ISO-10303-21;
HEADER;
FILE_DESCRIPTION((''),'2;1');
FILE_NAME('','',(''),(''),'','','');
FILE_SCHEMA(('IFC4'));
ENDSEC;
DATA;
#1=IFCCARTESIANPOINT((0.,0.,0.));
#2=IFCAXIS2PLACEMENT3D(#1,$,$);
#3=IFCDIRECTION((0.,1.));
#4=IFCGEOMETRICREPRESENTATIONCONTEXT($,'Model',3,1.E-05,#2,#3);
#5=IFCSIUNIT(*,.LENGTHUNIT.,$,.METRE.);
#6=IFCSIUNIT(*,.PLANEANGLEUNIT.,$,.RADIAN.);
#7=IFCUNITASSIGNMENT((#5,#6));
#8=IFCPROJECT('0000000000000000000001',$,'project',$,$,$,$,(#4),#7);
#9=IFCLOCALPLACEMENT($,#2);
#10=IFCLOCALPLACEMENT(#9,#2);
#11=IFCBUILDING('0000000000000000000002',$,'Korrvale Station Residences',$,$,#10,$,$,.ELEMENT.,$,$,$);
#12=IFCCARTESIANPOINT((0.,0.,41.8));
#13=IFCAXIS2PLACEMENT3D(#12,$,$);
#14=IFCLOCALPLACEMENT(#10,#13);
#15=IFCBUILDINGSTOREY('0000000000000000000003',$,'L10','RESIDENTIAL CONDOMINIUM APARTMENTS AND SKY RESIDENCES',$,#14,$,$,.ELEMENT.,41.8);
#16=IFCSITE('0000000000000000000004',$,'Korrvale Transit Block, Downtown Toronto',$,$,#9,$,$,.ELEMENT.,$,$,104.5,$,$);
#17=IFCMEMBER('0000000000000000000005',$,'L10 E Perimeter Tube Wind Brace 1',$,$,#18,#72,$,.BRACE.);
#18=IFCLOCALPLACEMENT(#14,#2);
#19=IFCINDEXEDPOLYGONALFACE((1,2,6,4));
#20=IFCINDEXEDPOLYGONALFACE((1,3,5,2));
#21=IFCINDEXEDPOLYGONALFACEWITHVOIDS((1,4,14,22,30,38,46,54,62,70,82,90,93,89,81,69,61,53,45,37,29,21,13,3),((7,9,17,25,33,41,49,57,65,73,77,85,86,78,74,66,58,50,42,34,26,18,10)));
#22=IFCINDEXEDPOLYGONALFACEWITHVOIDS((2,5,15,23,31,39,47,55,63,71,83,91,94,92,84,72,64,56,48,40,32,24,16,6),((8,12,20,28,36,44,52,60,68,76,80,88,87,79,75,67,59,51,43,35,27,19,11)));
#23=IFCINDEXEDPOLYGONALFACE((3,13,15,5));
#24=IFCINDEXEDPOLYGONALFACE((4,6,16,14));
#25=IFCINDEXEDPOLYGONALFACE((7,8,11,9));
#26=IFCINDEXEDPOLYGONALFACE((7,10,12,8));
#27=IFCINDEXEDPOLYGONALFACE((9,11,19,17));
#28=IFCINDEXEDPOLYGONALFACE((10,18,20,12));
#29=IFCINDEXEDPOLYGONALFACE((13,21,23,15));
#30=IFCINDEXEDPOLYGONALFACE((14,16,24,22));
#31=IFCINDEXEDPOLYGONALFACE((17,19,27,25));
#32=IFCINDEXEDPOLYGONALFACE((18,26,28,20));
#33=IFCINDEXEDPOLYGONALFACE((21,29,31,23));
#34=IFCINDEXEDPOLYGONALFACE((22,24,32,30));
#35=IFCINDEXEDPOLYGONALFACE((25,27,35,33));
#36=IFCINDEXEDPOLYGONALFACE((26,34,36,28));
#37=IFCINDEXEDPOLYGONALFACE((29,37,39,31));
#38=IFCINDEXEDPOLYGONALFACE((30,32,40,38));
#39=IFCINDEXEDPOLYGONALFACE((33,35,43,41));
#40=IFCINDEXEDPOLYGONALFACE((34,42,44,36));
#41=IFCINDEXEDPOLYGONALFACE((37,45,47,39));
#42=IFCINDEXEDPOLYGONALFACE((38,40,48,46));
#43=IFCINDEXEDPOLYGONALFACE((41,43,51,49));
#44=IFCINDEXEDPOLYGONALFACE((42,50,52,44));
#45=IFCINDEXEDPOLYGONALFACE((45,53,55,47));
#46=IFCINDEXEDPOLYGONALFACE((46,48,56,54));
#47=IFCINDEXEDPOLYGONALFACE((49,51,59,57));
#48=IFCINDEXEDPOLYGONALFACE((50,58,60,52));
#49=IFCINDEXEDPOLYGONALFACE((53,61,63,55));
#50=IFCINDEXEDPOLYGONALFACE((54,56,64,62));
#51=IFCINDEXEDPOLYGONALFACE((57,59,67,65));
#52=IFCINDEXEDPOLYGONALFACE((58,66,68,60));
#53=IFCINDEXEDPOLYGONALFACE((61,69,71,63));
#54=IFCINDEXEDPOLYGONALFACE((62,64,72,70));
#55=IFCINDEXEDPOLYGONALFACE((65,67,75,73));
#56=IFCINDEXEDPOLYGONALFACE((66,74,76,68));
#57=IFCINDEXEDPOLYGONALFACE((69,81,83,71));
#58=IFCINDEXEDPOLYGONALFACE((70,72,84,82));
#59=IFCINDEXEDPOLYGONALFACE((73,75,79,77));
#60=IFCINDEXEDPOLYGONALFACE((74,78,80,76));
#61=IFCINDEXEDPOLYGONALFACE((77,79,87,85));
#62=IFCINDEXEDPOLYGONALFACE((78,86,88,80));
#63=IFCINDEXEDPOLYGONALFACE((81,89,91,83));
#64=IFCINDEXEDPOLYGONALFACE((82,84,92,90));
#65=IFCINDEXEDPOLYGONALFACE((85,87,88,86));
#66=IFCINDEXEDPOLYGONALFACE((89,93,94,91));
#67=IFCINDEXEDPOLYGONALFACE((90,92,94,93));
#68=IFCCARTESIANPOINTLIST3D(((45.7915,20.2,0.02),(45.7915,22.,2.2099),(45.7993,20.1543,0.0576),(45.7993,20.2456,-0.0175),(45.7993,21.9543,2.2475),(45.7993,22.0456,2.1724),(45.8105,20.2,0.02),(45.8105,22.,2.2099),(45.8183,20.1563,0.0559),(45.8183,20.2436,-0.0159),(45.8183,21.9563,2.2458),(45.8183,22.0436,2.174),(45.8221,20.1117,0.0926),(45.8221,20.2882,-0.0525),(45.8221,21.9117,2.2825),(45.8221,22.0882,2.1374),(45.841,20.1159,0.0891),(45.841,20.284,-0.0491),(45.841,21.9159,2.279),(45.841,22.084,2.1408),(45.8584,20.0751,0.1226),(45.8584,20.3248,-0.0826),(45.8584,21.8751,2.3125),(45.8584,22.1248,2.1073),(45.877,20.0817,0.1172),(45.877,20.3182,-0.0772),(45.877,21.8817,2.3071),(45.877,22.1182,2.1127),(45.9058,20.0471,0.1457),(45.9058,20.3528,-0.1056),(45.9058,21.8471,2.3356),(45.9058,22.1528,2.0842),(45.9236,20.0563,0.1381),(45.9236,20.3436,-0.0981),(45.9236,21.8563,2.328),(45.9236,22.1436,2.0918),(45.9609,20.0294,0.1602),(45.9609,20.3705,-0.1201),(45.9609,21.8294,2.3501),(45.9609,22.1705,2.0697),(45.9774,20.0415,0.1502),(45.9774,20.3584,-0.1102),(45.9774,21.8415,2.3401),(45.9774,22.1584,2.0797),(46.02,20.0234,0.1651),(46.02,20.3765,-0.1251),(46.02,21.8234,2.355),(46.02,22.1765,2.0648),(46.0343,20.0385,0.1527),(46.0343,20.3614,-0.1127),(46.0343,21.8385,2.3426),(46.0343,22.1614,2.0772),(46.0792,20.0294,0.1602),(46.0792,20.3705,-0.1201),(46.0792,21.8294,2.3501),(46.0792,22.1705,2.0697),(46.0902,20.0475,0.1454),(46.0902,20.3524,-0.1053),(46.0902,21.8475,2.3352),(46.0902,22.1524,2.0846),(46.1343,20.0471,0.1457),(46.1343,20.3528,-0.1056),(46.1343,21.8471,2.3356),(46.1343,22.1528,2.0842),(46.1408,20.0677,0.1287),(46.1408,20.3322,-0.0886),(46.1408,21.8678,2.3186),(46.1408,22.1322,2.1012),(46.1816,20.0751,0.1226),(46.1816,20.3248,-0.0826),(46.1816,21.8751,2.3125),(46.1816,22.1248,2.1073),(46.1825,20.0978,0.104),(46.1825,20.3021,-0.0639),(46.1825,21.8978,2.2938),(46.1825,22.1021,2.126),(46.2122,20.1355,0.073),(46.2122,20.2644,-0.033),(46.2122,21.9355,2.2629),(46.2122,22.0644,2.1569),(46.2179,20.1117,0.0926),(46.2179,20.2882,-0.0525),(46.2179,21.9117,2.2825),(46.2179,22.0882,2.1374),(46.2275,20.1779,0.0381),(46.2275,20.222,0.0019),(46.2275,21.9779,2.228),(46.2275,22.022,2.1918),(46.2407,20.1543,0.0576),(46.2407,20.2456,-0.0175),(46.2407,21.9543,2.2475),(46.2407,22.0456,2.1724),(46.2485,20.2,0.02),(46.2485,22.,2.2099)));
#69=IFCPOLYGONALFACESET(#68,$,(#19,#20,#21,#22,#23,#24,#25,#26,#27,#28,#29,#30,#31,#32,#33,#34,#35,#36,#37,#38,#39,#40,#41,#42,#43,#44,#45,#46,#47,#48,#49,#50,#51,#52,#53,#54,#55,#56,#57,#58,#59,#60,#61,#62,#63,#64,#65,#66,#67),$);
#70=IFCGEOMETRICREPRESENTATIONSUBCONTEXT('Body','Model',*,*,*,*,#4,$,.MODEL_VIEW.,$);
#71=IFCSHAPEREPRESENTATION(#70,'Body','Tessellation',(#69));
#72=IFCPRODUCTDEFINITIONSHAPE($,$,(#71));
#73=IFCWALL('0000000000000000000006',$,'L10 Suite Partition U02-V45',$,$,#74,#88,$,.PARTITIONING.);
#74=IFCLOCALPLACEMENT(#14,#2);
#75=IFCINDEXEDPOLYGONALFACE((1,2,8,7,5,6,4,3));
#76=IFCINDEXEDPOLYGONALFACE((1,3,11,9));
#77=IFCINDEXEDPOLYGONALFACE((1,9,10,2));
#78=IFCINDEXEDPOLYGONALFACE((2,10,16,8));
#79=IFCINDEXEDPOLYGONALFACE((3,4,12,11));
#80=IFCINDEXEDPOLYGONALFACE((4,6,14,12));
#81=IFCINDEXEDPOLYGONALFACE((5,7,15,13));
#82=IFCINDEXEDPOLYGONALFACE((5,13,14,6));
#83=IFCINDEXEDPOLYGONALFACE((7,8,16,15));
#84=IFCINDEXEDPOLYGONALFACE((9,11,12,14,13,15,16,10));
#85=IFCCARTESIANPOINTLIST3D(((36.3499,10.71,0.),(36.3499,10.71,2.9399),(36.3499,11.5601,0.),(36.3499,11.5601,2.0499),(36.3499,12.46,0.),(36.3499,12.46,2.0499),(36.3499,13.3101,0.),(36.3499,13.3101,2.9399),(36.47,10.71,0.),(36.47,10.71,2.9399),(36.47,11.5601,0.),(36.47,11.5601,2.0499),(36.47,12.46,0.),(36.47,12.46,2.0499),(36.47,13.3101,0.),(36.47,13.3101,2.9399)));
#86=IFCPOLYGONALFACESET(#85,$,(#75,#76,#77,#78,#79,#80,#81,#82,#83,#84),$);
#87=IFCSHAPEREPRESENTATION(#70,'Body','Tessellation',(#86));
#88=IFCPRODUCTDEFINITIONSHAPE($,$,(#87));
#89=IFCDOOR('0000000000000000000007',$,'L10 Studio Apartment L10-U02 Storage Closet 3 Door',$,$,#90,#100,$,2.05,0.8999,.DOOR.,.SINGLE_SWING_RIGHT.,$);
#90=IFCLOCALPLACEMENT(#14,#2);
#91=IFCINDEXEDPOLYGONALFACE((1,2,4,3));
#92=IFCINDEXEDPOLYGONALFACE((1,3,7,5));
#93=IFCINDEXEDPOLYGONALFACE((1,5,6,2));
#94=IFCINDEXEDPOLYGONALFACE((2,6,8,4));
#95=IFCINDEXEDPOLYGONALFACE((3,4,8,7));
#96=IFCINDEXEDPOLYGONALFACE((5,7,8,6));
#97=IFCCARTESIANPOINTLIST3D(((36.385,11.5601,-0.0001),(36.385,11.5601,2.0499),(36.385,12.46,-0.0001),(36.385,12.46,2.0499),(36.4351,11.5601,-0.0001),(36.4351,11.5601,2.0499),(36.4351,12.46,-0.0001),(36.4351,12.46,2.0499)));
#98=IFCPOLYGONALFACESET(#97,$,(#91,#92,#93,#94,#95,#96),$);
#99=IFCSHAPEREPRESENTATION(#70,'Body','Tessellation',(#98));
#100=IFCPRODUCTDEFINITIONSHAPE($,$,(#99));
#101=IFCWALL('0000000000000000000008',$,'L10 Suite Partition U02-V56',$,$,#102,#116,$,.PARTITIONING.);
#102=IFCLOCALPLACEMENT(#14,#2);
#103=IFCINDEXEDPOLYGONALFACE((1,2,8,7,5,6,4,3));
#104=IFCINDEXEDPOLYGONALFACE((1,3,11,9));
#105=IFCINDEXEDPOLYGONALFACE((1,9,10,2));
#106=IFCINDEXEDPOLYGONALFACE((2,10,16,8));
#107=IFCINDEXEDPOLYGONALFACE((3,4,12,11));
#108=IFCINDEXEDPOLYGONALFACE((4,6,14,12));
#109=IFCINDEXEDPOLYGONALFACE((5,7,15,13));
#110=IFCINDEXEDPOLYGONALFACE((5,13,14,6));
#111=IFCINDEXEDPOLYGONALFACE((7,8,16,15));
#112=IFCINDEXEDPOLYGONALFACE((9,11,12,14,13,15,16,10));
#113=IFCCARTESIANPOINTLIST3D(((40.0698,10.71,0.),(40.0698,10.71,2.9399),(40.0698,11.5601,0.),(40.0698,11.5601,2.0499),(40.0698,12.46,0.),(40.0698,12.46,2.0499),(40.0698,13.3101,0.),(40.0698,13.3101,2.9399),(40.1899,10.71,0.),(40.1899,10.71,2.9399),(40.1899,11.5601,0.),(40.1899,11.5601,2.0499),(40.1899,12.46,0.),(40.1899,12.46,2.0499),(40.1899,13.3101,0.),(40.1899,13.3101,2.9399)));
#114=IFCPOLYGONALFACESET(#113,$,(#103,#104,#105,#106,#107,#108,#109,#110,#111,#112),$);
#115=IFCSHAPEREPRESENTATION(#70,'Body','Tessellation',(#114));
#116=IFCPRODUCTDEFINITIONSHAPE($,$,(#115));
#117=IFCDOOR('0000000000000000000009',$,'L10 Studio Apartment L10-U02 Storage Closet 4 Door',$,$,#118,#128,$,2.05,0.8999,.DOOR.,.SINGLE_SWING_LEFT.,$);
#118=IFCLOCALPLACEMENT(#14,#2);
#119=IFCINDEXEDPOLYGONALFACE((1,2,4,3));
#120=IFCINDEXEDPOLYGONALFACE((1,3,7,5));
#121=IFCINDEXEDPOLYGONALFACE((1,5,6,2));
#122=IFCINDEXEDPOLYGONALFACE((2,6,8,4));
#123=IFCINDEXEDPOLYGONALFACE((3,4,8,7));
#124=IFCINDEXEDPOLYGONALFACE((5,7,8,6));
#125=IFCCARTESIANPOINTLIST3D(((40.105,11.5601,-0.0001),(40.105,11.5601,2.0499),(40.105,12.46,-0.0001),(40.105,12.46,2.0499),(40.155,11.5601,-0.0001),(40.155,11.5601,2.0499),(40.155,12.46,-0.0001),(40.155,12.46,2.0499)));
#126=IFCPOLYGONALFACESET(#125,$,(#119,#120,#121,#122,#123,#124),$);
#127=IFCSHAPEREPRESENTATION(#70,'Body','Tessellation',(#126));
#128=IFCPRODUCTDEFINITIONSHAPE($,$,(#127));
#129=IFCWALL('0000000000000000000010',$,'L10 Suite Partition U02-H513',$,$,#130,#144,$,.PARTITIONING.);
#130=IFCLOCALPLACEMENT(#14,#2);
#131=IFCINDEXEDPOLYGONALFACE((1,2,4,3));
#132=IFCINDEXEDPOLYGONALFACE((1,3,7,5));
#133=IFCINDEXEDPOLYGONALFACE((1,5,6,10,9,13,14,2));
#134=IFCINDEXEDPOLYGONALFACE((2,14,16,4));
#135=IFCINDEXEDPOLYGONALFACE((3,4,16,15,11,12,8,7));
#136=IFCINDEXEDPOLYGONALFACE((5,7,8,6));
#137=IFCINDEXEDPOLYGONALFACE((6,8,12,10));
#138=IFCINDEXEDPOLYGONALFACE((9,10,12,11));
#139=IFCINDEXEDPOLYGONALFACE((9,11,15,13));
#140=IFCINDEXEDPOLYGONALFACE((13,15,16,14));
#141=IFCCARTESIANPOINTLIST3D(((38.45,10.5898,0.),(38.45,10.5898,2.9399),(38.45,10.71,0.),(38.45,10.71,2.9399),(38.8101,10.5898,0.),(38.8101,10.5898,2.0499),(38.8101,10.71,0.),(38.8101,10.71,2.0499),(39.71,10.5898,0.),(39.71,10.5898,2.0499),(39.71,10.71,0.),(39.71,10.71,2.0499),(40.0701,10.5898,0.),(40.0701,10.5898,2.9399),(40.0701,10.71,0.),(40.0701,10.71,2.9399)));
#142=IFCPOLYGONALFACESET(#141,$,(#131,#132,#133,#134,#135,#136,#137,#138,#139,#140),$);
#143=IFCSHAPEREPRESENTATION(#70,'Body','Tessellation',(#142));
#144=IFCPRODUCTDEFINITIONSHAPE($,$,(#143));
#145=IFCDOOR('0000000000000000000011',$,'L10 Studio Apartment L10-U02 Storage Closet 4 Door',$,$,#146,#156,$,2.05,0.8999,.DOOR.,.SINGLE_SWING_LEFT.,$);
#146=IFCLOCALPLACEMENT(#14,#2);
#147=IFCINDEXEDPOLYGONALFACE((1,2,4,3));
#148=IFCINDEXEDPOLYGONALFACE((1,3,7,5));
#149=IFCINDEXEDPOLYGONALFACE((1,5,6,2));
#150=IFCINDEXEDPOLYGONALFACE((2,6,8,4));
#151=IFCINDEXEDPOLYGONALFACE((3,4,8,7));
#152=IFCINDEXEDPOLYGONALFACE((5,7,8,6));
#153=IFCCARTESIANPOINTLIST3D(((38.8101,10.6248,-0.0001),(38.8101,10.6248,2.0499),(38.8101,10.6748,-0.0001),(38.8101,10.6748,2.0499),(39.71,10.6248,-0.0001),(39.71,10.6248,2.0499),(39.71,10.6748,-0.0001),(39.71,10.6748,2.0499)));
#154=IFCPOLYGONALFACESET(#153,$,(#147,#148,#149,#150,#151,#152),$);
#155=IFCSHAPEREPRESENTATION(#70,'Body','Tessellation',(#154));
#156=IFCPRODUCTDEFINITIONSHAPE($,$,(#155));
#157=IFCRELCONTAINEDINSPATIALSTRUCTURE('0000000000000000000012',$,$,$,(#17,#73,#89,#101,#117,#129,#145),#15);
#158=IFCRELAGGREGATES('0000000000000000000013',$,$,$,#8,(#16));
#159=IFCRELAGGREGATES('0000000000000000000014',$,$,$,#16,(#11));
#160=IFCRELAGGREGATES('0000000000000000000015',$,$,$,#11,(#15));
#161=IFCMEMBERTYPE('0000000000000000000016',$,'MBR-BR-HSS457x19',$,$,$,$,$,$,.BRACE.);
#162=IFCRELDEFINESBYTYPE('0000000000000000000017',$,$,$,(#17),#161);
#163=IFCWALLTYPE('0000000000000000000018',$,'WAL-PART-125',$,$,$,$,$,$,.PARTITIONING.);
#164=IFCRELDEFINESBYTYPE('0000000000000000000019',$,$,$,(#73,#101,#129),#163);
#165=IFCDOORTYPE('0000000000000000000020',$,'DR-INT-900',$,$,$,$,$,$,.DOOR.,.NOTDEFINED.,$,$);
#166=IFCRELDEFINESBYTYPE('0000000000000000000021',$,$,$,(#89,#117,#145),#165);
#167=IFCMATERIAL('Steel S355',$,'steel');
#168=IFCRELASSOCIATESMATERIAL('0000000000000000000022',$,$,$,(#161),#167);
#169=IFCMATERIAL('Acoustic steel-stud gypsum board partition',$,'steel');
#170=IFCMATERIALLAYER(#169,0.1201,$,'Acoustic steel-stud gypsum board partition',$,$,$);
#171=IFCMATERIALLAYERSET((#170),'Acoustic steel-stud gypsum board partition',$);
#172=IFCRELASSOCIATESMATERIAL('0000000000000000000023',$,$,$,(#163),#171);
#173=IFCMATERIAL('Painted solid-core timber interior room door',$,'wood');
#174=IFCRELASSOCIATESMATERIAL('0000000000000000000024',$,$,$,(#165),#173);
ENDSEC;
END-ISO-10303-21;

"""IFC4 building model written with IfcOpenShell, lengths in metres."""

from ifc_helpers import new_model, si_unit, direction, frame, frame_2d, origin, origin_2d, place, context, subcontext, project, spatial, rectangle, hollow_circle, extrude, material, layer, layer_set, material_profile, profile_set, type_object, element, fill, save


model = new_model("IFC4")

# Units and contexts
model_context = context("Model", 3, precision=1e-05, world=origin(), true_north=direction((0.0, 1.0)))
body_context = subcontext(model_context, "Body", "Model", "MODEL_VIEW")
ifc_project = project(units=[si_unit("LENGTHUNIT", "METRE"), si_unit("PLANEANGLEUNIT", "RADIAN")], contexts=[model_context])

# Site, building, storey
site_placement = place(None, origin())
site = spatial("IfcSite", under=ifc_project, at=site_placement, Name="Korrvale Transit Block, Downtown Toronto", CompositionType="ELEMENT", RefElevation=104.5)
building_placement = place(site_placement, origin())
building = spatial("IfcBuilding", under=site, at=building_placement, Name="Korrvale Station Residences", CompositionType="ELEMENT")
storey_placement = place(building_placement, frame((0.0, 0.0, 41.8)))
storey = spatial("IfcBuildingStorey", under=building, at=storey_placement, Name="L10", Description="RESIDENTIAL CONDOMINIUM APARTMENTS AND SKY RESIDENCES", CompositionType="ELEMENT", Elevation=41.8)

# Shared definitions
ifc_material_1 = material(Name="Steel S355", Category="steel")

# Member
ifc_material_profile_1 = material_profile(ifc_material_1, hollow_circle(Radius=0.2285, WallThickness=0.019, at=origin_2d()), Name="HSS457x19")
ifc_profile_set_1 = profile_set([ifc_material_profile_1], Name="Steel S355")
member_type = type_object("IfcMemberType", Name="MBR-BR-HSS457x19", PredefinedType="BRACE", material=ifc_profile_set_1)
member_placement = place(storey_placement, frame((46.02, 20.2, 0.02), z_axis=(0.0, 0.634985, 0.772524), x_axis=(-1.0, 0.0, 0.0)))
element("IfcMember", 1, at=member_placement, inside=storey, type_object=member_type, Name="L10 E Perimeter Tube Wind Brace 1", PredefinedType="BRACE", context=body_context, shape_type="SweptSolid", body=[
    extrude(hollow_circle(Radius=0.2285, WallThickness=0.019, at=origin_2d()), origin(), (0.0, 0.0, 1.0), 2.8347),
])

# Walls, openings, doors
ifc_material_2 = material(Name="Acoustic steel-stud gypsum board partition", Category="steel")
ifc_layer_1 = layer(ifc_material_2, 0.1201, Name="Acoustic steel-stud gypsum board partition")
ifc_layer_set_1 = layer_set([ifc_layer_1], Name="Acoustic steel-stud gypsum board partition")
wall_type_1 = type_object("IfcWallType", Name="WAL-PART-125", PredefinedType="PARTITIONING", material=ifc_layer_set_1)
wall_1_placement = place(storey_placement, frame((36.4099, 10.71, 0.0), z_axis=(0.0, 0.0, 1.0), x_axis=(0.0, 1.0, 0.0)))
wall_1 = element("IfcWall", 2, at=wall_1_placement, inside=storey, type_object=wall_type_1, Name="L10 Suite Partition U02-V45", PredefinedType="PARTITIONING", context=body_context, shape_type="SweptSolid", body=[
    extrude(rectangle(XDim=2.6001, YDim=0.1201, at=frame_2d((1.3, 0.0))), origin(), (0.0, 0.0, 1.0), 2.9399),
])
opening_1_placement = place(wall_1_placement, frame((0.8501, 0.0, 0.0)))
opening_1 = element("IfcOpeningElement", 3, at=opening_1_placement, cuts=wall_1, PredefinedType="OPENING", context=body_context, shape_type="SweptSolid", body=[
    extrude(rectangle(XDim=0.8999, YDim=2.05, at=frame_2d((0.45, 1.0249))), frame((0.0, 0.0701, 0.0), z_axis=(0.0, -1.0, 0.0), x_axis=(1.0, 0.0, 0.0)), (0.0, 0.0, 1.0), 0.1401),
])
ifc_material_3 = material(Name="Painted solid-core timber interior room door", Category="wood")
door_type_1 = type_object("IfcDoorType", Name="DR-INT-900", OperationType="NOTDEFINED", PredefinedType="DOOR", material=ifc_material_3)
door_1_placement = place(opening_1_placement, origin())
door_1 = element("IfcDoor", 4, at=door_1_placement, inside=storey, type_object=door_type_1, Name="L10 Studio Apartment L10-U02 Storage Closet 3 Door", OperationType="SINGLE_SWING_RIGHT", OverallHeight=2.05, OverallWidth=0.8999, PredefinedType="DOOR", context=body_context, shape_type="SweptSolid", body=[
    extrude(rectangle(XDim=0.8999, YDim=2.05, at=frame_2d((0.45, 1.0249))), frame((0.0, 0.0249, 0.0), z_axis=(0.0, -1.0, 0.0), x_axis=(1.0, 0.0, 0.0)), (0.0, 0.0, 1.0), 0.05),
])
fill(opening_1, door_1)
wall_2_placement = place(storey_placement, frame((40.1299, 10.71, 0.0), z_axis=(0.0, 0.0, 1.0), x_axis=(0.0, 1.0, 0.0)))
wall_2 = element("IfcWall", 5, at=wall_2_placement, inside=storey, type_object=wall_type_1, Name="L10 Suite Partition U02-V56", PredefinedType="PARTITIONING", context=body_context, shape_type="SweptSolid", body=[
    extrude(rectangle(XDim=2.6001, YDim=0.1201, at=frame_2d((1.3, 0.0))), origin(), (0.0, 0.0, 1.0), 2.9399),
])
opening_2_placement = place(wall_2_placement, frame((0.8501, 0.0, 0.0)))
opening_2 = element("IfcOpeningElement", 6, at=opening_2_placement, cuts=wall_2, PredefinedType="OPENING", context=body_context, shape_type="SweptSolid", body=[
    extrude(rectangle(XDim=0.8999, YDim=2.05, at=frame_2d((0.45, 1.0249))), frame((0.0, 0.0701, 0.0), z_axis=(0.0, -1.0, 0.0), x_axis=(1.0, 0.0, 0.0)), (0.0, 0.0, 1.0), 0.1401),
])
door_2_placement = place(opening_2_placement, origin())
door_2 = element("IfcDoor", 7, at=door_2_placement, inside=storey, type_object=door_type_1, Name="L10 Studio Apartment L10-U02 Storage Closet 4 Door", OperationType="SINGLE_SWING_LEFT", OverallHeight=2.05, OverallWidth=0.8999, PredefinedType="DOOR", context=body_context, shape_type="SweptSolid", body=[
    extrude(rectangle(XDim=0.8999, YDim=2.05, at=frame_2d((0.45, 1.0249))), frame((0.0, 0.0249, 0.0), z_axis=(0.0, -1.0, 0.0), x_axis=(1.0, 0.0, 0.0)), (0.0, 0.0, 1.0), 0.05),
])
fill(opening_2, door_2)
wall_3_placement = place(storey_placement, frame((38.45, 10.6499, 0.0), z_axis=(0.0, 0.0, 1.0), x_axis=(1.0, 0.0, 0.0)))
wall_3 = element("IfcWall", 8, at=wall_3_placement, inside=storey, type_object=wall_type_1, Name="L10 Suite Partition U02-H513", PredefinedType="PARTITIONING", context=body_context, shape_type="SweptSolid", body=[
    extrude(rectangle(XDim=1.6201, YDim=0.1201, at=frame_2d((0.8101, 0.0))), origin(), (0.0, 0.0, 1.0), 2.9399),
])
opening_3_placement = place(wall_3_placement, frame((0.3601, 0.0, 0.0)))
opening_3 = element("IfcOpeningElement", 9, at=opening_3_placement, cuts=wall_3, PredefinedType="OPENING", context=body_context, shape_type="SweptSolid", body=[
    extrude(rectangle(XDim=0.8999, YDim=2.05, at=frame_2d((0.45, 1.0249))), frame((0.0, 0.0701, 0.0), z_axis=(0.0, -1.0, 0.0), x_axis=(1.0, 0.0, 0.0)), (0.0, 0.0, 1.0), 0.1401),
])
door_3_placement = place(opening_3_placement, origin())
door_3 = element("IfcDoor", 10, at=door_3_placement, inside=storey, type_object=door_type_1, Name="L10 Studio Apartment L10-U02 Storage Closet 4 Door", OperationType="SINGLE_SWING_LEFT", OverallHeight=2.05, OverallWidth=0.8999, PredefinedType="DOOR", context=body_context, shape_type="SweptSolid", body=[
    extrude(rectangle(XDim=0.8999, YDim=2.05, at=frame_2d((0.45, 1.0249))), frame((0.0, 0.0249, 0.0), z_axis=(0.0, -1.0, 0.0), x_axis=(1.0, 0.0, 0.0)), (0.0, 0.0, 1.0), 0.05),
])
fill(opening_3, door_3)

save(model, "model.ifc")
